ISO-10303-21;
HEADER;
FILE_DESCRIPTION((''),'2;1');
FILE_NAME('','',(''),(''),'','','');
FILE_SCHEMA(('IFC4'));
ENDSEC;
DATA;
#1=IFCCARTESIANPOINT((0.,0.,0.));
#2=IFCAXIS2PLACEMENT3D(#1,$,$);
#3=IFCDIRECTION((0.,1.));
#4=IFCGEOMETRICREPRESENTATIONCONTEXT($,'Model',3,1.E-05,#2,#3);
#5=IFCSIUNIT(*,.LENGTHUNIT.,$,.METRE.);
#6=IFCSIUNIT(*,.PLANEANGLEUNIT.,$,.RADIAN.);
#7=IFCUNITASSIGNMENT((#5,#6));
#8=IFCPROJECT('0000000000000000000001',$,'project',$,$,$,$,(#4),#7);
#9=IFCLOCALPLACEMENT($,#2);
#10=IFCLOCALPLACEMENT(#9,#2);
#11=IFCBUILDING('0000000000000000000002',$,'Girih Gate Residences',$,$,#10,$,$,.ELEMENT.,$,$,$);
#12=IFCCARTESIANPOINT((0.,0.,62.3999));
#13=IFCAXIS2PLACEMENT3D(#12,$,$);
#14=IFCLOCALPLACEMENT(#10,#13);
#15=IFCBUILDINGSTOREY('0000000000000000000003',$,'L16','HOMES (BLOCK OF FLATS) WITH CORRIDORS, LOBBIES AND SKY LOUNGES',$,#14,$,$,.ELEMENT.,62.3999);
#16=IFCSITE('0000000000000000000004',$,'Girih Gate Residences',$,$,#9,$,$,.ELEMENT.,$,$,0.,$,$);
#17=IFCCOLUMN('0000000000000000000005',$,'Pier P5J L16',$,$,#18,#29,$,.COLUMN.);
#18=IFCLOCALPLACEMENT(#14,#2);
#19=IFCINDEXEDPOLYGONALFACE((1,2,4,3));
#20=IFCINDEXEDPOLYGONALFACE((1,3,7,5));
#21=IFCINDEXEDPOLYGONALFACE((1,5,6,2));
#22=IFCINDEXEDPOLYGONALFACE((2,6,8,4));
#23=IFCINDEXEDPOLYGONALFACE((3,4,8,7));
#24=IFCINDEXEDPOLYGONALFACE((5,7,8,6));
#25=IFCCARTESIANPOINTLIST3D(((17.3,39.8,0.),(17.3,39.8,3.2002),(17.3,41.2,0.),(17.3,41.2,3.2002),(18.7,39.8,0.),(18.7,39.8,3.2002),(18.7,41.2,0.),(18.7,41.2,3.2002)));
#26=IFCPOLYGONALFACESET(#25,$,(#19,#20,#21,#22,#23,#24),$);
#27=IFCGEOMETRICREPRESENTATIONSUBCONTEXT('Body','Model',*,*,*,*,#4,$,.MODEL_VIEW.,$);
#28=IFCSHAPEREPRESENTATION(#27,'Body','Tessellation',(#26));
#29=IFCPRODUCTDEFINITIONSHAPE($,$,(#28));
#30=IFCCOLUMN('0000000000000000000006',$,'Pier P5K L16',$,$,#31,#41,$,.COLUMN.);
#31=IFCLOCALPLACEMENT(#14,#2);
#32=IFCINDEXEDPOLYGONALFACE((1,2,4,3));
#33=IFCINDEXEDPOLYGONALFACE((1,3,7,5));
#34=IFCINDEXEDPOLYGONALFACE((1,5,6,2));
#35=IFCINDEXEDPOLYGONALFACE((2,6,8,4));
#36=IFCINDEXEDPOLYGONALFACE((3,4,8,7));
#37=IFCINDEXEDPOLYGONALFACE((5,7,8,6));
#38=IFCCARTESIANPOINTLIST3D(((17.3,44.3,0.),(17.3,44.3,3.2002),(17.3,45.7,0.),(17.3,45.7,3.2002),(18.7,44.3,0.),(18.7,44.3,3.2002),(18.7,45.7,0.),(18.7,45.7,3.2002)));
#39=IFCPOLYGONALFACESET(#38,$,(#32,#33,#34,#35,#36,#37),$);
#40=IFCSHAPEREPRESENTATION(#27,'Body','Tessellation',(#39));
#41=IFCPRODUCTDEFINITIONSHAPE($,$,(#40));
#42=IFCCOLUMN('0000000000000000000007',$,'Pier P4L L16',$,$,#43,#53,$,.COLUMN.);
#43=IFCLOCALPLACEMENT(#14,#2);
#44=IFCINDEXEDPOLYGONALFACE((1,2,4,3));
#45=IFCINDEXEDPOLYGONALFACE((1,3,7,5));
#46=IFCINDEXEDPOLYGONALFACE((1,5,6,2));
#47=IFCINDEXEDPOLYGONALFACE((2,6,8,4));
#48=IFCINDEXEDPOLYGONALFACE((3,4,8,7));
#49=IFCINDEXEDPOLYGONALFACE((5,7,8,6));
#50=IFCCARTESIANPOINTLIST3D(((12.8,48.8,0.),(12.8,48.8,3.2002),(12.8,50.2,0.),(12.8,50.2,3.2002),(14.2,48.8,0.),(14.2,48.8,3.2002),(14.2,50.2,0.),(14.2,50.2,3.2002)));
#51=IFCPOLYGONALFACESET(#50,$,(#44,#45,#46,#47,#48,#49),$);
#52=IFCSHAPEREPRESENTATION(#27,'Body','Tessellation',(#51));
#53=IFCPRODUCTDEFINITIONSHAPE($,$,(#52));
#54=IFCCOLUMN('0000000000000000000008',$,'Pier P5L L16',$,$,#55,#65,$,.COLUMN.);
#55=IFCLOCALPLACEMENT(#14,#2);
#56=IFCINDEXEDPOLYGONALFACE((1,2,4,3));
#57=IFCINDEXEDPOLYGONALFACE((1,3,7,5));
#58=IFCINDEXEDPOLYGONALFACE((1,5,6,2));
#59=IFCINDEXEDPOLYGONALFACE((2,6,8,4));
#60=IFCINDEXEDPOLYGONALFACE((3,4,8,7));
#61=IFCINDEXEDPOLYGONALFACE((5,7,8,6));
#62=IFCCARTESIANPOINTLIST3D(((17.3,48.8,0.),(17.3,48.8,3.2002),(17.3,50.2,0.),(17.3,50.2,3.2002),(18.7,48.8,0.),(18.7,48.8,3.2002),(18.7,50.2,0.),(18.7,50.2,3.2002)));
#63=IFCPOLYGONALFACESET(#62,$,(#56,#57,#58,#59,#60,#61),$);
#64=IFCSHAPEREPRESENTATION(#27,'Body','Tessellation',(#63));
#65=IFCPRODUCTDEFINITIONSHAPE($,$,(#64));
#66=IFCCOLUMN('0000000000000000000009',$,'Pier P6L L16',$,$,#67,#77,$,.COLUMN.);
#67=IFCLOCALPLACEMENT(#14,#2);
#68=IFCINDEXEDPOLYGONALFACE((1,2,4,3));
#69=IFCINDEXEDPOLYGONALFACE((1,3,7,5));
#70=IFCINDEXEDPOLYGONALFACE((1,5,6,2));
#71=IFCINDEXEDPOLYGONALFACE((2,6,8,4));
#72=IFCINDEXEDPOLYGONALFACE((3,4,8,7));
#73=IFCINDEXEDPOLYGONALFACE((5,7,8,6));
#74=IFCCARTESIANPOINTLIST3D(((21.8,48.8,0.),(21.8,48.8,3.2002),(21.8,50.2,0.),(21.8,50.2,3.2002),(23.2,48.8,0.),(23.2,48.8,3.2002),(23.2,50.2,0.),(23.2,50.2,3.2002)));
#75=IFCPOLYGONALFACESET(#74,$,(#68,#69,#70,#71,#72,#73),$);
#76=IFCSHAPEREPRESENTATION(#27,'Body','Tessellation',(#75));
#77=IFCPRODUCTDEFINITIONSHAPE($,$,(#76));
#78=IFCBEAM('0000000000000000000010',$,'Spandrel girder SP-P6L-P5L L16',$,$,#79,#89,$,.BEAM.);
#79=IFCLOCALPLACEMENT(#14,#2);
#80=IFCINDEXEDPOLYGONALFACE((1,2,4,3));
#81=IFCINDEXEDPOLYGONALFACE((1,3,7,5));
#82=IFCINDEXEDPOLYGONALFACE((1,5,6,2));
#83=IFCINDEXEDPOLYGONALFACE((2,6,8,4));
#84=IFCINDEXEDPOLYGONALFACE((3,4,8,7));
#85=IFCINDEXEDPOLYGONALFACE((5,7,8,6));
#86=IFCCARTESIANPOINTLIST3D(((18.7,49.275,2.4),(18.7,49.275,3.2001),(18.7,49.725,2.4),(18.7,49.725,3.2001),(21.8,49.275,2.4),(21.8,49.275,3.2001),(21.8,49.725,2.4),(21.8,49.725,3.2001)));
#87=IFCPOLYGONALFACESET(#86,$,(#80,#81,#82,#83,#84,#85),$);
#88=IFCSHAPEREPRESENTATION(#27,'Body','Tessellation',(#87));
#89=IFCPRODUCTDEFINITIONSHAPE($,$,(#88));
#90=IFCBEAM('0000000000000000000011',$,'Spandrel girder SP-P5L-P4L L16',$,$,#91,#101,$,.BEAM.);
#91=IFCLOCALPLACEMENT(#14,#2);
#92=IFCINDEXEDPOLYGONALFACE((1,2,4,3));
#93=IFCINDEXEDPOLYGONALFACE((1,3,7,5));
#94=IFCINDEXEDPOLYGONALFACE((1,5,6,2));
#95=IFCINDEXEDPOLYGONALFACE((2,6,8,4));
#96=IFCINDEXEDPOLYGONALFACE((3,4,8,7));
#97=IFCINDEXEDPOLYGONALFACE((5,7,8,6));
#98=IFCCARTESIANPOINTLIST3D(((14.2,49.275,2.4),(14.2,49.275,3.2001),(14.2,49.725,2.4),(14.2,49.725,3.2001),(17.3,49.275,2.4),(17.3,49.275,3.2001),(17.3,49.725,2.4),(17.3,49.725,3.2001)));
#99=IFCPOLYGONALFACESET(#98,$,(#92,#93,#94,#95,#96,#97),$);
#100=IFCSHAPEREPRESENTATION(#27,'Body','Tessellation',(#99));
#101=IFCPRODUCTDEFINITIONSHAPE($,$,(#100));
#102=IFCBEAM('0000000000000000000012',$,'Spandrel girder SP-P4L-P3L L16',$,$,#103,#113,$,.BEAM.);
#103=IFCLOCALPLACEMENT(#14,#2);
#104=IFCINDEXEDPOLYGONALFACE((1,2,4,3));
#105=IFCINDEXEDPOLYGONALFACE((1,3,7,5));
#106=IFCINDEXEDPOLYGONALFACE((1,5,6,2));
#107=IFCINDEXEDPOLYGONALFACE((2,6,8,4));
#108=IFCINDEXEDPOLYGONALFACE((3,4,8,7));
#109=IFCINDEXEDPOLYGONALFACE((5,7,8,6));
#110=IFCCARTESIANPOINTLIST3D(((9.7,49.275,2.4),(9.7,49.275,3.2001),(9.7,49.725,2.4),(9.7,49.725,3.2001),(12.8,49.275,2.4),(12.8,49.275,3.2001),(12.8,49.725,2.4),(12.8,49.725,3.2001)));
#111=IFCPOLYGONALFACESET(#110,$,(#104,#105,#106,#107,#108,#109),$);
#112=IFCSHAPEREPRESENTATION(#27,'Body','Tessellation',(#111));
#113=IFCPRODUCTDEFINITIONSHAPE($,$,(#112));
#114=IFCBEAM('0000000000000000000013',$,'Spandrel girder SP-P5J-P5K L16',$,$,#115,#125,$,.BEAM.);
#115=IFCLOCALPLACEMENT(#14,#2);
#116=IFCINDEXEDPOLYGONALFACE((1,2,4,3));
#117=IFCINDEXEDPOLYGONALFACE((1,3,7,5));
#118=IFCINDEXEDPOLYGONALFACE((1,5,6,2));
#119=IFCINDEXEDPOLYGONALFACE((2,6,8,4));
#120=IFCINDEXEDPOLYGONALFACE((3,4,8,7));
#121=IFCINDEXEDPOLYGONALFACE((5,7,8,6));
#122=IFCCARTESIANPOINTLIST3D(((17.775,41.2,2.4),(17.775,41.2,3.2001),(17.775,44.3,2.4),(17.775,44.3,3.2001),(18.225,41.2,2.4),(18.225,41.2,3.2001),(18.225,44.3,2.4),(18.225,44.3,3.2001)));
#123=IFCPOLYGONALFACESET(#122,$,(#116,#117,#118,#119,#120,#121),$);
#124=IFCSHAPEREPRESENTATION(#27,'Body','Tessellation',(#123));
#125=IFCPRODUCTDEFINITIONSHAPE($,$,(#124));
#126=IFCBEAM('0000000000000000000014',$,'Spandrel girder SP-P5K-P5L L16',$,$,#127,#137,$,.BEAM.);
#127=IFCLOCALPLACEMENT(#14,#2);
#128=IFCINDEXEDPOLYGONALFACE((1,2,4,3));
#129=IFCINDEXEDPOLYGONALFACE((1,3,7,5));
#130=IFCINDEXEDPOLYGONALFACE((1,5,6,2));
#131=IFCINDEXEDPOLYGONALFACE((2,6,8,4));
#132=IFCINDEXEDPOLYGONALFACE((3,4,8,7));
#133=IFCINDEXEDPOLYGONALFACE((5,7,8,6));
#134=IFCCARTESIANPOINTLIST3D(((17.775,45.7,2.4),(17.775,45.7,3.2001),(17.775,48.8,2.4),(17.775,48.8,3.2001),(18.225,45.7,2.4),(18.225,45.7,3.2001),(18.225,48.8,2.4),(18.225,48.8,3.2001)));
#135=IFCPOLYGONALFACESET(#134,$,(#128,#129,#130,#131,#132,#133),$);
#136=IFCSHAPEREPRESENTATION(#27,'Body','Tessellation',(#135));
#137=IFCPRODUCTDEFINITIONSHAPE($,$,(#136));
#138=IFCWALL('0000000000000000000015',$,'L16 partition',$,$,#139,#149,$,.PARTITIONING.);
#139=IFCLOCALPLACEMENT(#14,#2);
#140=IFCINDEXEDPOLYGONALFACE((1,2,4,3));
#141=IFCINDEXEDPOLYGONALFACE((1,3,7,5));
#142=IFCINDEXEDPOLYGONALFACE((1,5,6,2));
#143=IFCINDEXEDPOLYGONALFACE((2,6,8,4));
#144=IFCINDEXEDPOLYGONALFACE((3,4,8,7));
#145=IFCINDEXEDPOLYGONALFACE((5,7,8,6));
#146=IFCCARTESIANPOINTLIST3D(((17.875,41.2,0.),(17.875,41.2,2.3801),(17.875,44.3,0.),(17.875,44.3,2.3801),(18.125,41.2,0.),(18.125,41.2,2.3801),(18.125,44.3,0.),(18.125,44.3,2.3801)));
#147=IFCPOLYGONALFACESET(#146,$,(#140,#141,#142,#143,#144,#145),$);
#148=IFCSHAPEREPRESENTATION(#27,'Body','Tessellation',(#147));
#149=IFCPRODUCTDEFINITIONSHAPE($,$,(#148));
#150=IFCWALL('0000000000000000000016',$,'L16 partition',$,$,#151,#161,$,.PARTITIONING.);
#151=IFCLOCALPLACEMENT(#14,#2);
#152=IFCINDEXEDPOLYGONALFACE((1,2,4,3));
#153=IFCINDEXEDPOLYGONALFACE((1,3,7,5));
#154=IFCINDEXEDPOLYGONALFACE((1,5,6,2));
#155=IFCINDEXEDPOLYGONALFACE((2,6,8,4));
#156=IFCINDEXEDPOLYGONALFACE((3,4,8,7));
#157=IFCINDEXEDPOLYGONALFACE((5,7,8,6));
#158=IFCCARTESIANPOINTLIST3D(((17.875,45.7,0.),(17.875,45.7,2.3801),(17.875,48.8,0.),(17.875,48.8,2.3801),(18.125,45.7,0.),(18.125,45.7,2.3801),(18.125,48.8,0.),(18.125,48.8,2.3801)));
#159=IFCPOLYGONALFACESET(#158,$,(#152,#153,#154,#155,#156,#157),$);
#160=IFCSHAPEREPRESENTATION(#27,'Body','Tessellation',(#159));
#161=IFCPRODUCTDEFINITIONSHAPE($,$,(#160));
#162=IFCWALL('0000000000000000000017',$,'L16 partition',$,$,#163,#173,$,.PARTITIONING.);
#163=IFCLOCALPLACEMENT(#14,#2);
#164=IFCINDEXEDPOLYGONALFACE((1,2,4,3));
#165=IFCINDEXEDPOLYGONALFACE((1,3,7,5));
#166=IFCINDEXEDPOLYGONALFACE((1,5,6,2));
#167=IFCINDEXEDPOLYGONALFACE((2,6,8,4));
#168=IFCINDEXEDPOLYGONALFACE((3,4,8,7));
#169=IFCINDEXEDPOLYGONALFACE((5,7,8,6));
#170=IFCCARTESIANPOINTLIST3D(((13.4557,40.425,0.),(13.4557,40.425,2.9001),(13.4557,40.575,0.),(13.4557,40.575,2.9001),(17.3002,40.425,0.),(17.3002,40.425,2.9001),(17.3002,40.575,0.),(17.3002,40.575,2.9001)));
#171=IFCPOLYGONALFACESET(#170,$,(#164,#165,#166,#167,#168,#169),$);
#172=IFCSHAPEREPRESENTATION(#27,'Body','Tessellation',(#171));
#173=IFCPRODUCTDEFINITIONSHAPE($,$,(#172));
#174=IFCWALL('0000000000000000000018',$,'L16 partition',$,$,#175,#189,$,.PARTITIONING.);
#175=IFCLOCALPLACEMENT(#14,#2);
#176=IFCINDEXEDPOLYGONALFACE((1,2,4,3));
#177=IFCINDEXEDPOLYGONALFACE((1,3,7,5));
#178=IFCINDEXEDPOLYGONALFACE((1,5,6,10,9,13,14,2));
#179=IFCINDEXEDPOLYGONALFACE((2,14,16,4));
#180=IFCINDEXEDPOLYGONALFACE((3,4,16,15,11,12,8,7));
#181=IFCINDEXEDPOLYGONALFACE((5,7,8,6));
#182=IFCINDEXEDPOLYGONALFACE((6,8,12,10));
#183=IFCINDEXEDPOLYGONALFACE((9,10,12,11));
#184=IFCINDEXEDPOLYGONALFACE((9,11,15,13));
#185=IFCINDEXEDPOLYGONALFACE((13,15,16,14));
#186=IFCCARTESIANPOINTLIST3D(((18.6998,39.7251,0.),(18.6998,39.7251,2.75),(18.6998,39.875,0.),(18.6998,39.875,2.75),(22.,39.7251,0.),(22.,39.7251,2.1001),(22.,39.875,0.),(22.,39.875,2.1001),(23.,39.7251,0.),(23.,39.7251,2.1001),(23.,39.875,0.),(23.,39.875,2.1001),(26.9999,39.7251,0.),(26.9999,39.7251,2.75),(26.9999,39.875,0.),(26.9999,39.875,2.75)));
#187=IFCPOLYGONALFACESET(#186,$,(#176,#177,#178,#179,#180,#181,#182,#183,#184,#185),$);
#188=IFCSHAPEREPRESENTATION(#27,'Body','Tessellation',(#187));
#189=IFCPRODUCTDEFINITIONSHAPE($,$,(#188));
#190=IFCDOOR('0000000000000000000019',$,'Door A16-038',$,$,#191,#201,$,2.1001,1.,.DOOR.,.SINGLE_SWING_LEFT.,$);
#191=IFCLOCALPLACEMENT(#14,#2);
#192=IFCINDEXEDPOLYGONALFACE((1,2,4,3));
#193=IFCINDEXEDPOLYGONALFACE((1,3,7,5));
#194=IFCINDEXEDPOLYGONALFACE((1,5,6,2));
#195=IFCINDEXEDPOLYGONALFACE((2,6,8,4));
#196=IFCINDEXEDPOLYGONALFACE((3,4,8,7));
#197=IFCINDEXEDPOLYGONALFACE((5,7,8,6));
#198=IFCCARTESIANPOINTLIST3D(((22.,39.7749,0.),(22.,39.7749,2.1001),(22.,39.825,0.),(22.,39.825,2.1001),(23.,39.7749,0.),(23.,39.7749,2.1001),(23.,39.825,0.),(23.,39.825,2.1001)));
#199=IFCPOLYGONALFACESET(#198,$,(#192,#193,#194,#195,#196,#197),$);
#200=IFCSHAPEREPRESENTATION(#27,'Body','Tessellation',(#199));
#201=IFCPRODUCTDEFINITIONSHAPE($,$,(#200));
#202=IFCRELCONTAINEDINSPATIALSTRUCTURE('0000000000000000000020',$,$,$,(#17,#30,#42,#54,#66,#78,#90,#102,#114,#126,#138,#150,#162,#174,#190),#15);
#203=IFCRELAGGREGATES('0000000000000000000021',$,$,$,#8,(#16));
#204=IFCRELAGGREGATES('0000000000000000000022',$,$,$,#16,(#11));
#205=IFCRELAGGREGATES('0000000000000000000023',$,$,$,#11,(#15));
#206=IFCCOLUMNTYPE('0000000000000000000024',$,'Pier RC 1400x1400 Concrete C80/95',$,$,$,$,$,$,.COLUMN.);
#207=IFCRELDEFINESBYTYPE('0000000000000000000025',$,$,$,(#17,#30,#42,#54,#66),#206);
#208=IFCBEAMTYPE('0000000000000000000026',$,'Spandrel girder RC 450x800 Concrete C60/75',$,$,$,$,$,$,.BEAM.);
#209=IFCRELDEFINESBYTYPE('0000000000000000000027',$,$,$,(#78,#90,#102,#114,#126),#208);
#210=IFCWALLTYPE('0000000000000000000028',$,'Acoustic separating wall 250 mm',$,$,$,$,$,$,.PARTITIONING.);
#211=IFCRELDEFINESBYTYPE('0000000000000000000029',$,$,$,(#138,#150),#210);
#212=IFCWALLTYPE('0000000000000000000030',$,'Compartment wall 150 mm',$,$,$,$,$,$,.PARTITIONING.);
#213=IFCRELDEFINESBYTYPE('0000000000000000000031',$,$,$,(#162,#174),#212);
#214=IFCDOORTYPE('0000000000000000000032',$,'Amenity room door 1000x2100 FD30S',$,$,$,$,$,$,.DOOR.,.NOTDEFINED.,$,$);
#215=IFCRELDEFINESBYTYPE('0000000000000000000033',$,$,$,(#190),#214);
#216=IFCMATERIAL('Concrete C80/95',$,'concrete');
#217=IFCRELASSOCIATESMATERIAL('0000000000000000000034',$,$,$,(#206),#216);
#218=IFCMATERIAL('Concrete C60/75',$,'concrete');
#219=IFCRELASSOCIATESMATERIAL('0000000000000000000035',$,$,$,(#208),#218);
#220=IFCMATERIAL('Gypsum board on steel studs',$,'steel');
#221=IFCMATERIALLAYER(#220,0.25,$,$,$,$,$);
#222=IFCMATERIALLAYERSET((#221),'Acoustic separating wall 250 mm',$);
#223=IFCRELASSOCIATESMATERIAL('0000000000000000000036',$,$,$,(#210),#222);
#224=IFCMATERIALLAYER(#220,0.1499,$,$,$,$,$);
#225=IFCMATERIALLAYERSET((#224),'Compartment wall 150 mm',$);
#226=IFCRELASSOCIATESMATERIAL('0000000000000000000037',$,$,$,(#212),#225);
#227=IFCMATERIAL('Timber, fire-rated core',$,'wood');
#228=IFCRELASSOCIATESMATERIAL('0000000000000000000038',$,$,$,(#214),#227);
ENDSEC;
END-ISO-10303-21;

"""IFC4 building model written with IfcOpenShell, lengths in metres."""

from ifc_helpers import new_model, si_unit, direction, frame, frame_2d, origin, origin_2d, place, context, subcontext, project, spatial, rectangle, extrude, material, layer, layer_set, material_profile, profile_set, type_object, element, fill, save


model = new_model("IFC4")

# Units and contexts
model_context = context("Model", 3, precision=1e-05, world=origin(), true_north=direction((0.0, 1.0)))
body_context = subcontext(model_context, "Body", "Model", "MODEL_VIEW")
ifc_project = project(units=[si_unit("LENGTHUNIT", "METRE"), si_unit("PLANEANGLEUNIT", "RADIAN")], contexts=[model_context])

# Site, building, storey
site_placement = place(None, origin())
site = spatial("IfcSite", under=ifc_project, at=site_placement, Name="Girih Gate Residences", CompositionType="ELEMENT", RefElevation=0.0)
building_placement = place(site_placement, origin())
building = spatial("IfcBuilding", under=site, at=building_placement, Name="Girih Gate Residences", CompositionType="ELEMENT")
storey_placement = place(building_placement, frame((0.0, 0.0, 62.3999)))
storey = spatial("IfcBuildingStorey", under=building, at=storey_placement, Name="L16", Description="HOMES (BLOCK OF FLATS) WITH CORRIDORS, LOBBIES AND SKY LOUNGES", CompositionType="ELEMENT", Elevation=62.3999)

# Columns
ifc_material_1 = material(Name="Concrete C80/95", Category="concrete")
ifc_material_profile_1 = material_profile(ifc_material_1, rectangle(XDim=1.3999, YDim=1.3999, at=origin_2d()))
ifc_profile_set_1 = profile_set([ifc_material_profile_1], Name="Concrete C80/95")
column_type = type_object("IfcColumnType", Name="Pier RC 1400x1400 Concrete C80/95", PredefinedType="COLUMN", material=ifc_profile_set_1)
for number, where, z_axis, x_axis, name in (
    (1, (18.0, 40.5, 0.0), (0.0, 0.0, 1.0), (1.0, 0.0, 0.0), "Pier P5J L16"),
    (2, (18.0, 45.0, 0.0), (0.0, 0.0, 1.0), (1.0, 0.0, 0.0), "Pier P5K L16"),
    (3, (13.5, 49.5, 0.0), (0.0, 0.0, 1.0), (1.0, 0.0, 0.0), "Pier P4L L16"),
    (4, (18.0, 49.5, 0.0), (0.0, 0.0, 1.0), (1.0, 0.0, 0.0), "Pier P5L L16"),
    (5, (22.5, 49.5, 0.0), (0.0, 0.0, 1.0), (1.0, 0.0, 0.0), "Pier P6L L16"),
):
    element("IfcColumn", number, at=place(storey_placement, frame(where, z_axis=z_axis, x_axis=x_axis)), inside=storey, type_object=column_type, Name=name, PredefinedType="COLUMN", context=body_context, shape_type="SweptSolid", body=[
        extrude(rectangle(XDim=1.3999, YDim=1.3999, at=origin_2d()), origin(), (0.0, 0.0, 1.0), 3.2002),
    ])

# Beams
ifc_material_2 = material(Name="Concrete C60/75", Category="concrete")
ifc_material_profile_2 = material_profile(ifc_material_2, rectangle(XDim=0.45, YDim=0.8, at=origin_2d()))
ifc_profile_set_2 = profile_set([ifc_material_profile_2], Name="Concrete C60/75")
beam_type = type_object("IfcBeamType", Name="Spandrel girder RC 450x800 Concrete C60/75", PredefinedType="BEAM", material=ifc_profile_set_2)
for number, where, z_axis, x_axis, name in (
    (6, (21.8, 49.5, 2.8), (-1.0, 0.0, 0.0), (0.0, -1.0, 0.0), "Spandrel girder SP-P6L-P5L L16"),
    (7, (17.3, 49.5, 2.8), (-1.0, 0.0, 0.0), (0.0, -1.0, 0.0), "Spandrel girder SP-P5L-P4L L16"),
    (8, (12.8, 49.5, 2.8), (-1.0, 0.0, 0.0), (0.0, -1.0, 0.0), "Spandrel girder SP-P4L-P3L L16"),
    (9, (18.0, 41.2, 2.8), (0.0, 1.0, 0.0), (-1.0, 0.0, 0.0), "Spandrel girder SP-P5J-P5K L16"),
    (10, (18.0, 45.7, 2.8), (0.0, 1.0, 0.0), (-1.0, 0.0, 0.0), "Spandrel girder SP-P5K-P5L L16"),
):
    element("IfcBeam", number, at=place(storey_placement, frame(where, z_axis=z_axis, x_axis=x_axis)), inside=storey, type_object=beam_type, Name=name, PredefinedType="BEAM", context=body_context, shape_type="SweptSolid", body=[
        extrude(rectangle(XDim=0.45, YDim=0.8, at=origin_2d()), origin(), (0.0, 0.0, 1.0), 3.1001),
    ])

# Walls
ifc_material_3 = material(Name="Gypsum board on steel studs", Category="steel")
ifc_layer_1 = layer(ifc_material_3, 0.25)
ifc_layer_set_1 = layer_set([ifc_layer_1], Name="Acoustic separating wall 250 mm")
wall_type_1 = type_object("IfcWallType", Name="Acoustic separating wall 250 mm", PredefinedType="PARTITIONING", material=ifc_layer_set_1)
for number, where, z_axis, x_axis, name in (
    (11, (18.0, 41.2, 0.0), (0.0, 0.0, 1.0), (0.0, 1.0, 0.0), "L16 partition"),
    (12, (18.0, 45.7, 0.0), (0.0, 0.0, 1.0), (0.0, 1.0, 0.0), "L16 partition"),
):
    element("IfcWall", number, at=place(storey_placement, frame(where, z_axis=z_axis, x_axis=x_axis)), inside=storey, type_object=wall_type_1, Name=name, PredefinedType="PARTITIONING", context=body_context, shape_type="SweptSolid", body=[
        extrude(rectangle(XDim=3.1001, YDim=0.25, at=frame_2d((1.55, 0.0))), origin(), (0.0, 0.0, 1.0), 2.3801),
    ])
ifc_layer_2 = layer(ifc_material_3, 0.1499)
ifc_layer_set_2 = layer_set([ifc_layer_2], Name="Compartment wall 150 mm")
wall_type_2 = type_object("IfcWallType", Name="Compartment wall 150 mm", PredefinedType="PARTITIONING", material=ifc_layer_set_2)
wall_1_placement = place(storey_placement, frame((13.4556, 40.5, 0.0), z_axis=(0.0, 0.0, 1.0), x_axis=(1.0, 0.0, 0.0)))
element("IfcWall", 13, at=wall_1_placement, inside=storey, type_object=wall_type_2, Name="L16 partition", PredefinedType="PARTITIONING", context=body_context, shape_type="SweptSolid", body=[
    extrude(rectangle(XDim=3.8445, YDim=0.1499, at=frame_2d((1.9224, 0.0))), origin(), (0.0, 0.0, 1.0), 2.9001),
])

# Wall, opening, door
wall_2_placement = place(storey_placement, frame((18.7, 39.8, 0.0), z_axis=(0.0, 0.0, 1.0), x_axis=(1.0, 0.0, 0.0)))
wall_2 = element("IfcWall", 14, at=wall_2_placement, inside=storey, type_object=wall_type_2, Name="L16 partition", PredefinedType="PARTITIONING", context=body_context, shape_type="SweptSolid", body=[
    extrude(rectangle(XDim=8.3, YDim=0.1499, at=frame_2d((4.1499, 0.0))), origin(), (0.0, 0.0, 1.0), 2.75),
])
opening_1_placement = place(wall_2_placement, frame((3.3, 0.0, 0.0)))
opening_1 = element("IfcOpeningElement", 15, at=opening_1_placement, cuts=wall_2, PredefinedType="OPENING", context=body_context, shape_type="SweptSolid", body=[
    extrude(rectangle(XDim=1.0, YDim=2.1001, at=frame_2d((0.5, 1.05))), frame((0.0, 0.085, 0.0), z_axis=(0.0, -1.0, 0.0), x_axis=(1.0, 0.0, 0.0)), (0.0, 0.0, 1.0), 0.1699),
])
ifc_material_4 = material(Name="Timber, fire-rated core", Category="wood")
door_type_1 = type_object("IfcDoorType", Name="Amenity room door 1000x2100 FD30S", OperationType="NOTDEFINED", PredefinedType="DOOR", material=ifc_material_4)
door_1_placement = place(opening_1_placement, origin())
door_1 = element("IfcDoor", 16, at=door_1_placement, inside=storey, type_object=door_type_1, Name="Door A16-038", OperationType="SINGLE_SWING_LEFT", OverallHeight=2.1001, OverallWidth=1.0, PredefinedType="DOOR", context=body_context, shape_type="SweptSolid", body=[
    extrude(rectangle(XDim=1.0, YDim=2.1001, at=frame_2d((0.5, 1.05))), frame((0.0, 0.0249, 0.0), z_axis=(0.0, -1.0, 0.0), x_axis=(1.0, 0.0, 0.0)), (0.0, 0.0, 1.0), 0.05),
])
fill(opening_1, door_1)

save(model, "model.ifc")
